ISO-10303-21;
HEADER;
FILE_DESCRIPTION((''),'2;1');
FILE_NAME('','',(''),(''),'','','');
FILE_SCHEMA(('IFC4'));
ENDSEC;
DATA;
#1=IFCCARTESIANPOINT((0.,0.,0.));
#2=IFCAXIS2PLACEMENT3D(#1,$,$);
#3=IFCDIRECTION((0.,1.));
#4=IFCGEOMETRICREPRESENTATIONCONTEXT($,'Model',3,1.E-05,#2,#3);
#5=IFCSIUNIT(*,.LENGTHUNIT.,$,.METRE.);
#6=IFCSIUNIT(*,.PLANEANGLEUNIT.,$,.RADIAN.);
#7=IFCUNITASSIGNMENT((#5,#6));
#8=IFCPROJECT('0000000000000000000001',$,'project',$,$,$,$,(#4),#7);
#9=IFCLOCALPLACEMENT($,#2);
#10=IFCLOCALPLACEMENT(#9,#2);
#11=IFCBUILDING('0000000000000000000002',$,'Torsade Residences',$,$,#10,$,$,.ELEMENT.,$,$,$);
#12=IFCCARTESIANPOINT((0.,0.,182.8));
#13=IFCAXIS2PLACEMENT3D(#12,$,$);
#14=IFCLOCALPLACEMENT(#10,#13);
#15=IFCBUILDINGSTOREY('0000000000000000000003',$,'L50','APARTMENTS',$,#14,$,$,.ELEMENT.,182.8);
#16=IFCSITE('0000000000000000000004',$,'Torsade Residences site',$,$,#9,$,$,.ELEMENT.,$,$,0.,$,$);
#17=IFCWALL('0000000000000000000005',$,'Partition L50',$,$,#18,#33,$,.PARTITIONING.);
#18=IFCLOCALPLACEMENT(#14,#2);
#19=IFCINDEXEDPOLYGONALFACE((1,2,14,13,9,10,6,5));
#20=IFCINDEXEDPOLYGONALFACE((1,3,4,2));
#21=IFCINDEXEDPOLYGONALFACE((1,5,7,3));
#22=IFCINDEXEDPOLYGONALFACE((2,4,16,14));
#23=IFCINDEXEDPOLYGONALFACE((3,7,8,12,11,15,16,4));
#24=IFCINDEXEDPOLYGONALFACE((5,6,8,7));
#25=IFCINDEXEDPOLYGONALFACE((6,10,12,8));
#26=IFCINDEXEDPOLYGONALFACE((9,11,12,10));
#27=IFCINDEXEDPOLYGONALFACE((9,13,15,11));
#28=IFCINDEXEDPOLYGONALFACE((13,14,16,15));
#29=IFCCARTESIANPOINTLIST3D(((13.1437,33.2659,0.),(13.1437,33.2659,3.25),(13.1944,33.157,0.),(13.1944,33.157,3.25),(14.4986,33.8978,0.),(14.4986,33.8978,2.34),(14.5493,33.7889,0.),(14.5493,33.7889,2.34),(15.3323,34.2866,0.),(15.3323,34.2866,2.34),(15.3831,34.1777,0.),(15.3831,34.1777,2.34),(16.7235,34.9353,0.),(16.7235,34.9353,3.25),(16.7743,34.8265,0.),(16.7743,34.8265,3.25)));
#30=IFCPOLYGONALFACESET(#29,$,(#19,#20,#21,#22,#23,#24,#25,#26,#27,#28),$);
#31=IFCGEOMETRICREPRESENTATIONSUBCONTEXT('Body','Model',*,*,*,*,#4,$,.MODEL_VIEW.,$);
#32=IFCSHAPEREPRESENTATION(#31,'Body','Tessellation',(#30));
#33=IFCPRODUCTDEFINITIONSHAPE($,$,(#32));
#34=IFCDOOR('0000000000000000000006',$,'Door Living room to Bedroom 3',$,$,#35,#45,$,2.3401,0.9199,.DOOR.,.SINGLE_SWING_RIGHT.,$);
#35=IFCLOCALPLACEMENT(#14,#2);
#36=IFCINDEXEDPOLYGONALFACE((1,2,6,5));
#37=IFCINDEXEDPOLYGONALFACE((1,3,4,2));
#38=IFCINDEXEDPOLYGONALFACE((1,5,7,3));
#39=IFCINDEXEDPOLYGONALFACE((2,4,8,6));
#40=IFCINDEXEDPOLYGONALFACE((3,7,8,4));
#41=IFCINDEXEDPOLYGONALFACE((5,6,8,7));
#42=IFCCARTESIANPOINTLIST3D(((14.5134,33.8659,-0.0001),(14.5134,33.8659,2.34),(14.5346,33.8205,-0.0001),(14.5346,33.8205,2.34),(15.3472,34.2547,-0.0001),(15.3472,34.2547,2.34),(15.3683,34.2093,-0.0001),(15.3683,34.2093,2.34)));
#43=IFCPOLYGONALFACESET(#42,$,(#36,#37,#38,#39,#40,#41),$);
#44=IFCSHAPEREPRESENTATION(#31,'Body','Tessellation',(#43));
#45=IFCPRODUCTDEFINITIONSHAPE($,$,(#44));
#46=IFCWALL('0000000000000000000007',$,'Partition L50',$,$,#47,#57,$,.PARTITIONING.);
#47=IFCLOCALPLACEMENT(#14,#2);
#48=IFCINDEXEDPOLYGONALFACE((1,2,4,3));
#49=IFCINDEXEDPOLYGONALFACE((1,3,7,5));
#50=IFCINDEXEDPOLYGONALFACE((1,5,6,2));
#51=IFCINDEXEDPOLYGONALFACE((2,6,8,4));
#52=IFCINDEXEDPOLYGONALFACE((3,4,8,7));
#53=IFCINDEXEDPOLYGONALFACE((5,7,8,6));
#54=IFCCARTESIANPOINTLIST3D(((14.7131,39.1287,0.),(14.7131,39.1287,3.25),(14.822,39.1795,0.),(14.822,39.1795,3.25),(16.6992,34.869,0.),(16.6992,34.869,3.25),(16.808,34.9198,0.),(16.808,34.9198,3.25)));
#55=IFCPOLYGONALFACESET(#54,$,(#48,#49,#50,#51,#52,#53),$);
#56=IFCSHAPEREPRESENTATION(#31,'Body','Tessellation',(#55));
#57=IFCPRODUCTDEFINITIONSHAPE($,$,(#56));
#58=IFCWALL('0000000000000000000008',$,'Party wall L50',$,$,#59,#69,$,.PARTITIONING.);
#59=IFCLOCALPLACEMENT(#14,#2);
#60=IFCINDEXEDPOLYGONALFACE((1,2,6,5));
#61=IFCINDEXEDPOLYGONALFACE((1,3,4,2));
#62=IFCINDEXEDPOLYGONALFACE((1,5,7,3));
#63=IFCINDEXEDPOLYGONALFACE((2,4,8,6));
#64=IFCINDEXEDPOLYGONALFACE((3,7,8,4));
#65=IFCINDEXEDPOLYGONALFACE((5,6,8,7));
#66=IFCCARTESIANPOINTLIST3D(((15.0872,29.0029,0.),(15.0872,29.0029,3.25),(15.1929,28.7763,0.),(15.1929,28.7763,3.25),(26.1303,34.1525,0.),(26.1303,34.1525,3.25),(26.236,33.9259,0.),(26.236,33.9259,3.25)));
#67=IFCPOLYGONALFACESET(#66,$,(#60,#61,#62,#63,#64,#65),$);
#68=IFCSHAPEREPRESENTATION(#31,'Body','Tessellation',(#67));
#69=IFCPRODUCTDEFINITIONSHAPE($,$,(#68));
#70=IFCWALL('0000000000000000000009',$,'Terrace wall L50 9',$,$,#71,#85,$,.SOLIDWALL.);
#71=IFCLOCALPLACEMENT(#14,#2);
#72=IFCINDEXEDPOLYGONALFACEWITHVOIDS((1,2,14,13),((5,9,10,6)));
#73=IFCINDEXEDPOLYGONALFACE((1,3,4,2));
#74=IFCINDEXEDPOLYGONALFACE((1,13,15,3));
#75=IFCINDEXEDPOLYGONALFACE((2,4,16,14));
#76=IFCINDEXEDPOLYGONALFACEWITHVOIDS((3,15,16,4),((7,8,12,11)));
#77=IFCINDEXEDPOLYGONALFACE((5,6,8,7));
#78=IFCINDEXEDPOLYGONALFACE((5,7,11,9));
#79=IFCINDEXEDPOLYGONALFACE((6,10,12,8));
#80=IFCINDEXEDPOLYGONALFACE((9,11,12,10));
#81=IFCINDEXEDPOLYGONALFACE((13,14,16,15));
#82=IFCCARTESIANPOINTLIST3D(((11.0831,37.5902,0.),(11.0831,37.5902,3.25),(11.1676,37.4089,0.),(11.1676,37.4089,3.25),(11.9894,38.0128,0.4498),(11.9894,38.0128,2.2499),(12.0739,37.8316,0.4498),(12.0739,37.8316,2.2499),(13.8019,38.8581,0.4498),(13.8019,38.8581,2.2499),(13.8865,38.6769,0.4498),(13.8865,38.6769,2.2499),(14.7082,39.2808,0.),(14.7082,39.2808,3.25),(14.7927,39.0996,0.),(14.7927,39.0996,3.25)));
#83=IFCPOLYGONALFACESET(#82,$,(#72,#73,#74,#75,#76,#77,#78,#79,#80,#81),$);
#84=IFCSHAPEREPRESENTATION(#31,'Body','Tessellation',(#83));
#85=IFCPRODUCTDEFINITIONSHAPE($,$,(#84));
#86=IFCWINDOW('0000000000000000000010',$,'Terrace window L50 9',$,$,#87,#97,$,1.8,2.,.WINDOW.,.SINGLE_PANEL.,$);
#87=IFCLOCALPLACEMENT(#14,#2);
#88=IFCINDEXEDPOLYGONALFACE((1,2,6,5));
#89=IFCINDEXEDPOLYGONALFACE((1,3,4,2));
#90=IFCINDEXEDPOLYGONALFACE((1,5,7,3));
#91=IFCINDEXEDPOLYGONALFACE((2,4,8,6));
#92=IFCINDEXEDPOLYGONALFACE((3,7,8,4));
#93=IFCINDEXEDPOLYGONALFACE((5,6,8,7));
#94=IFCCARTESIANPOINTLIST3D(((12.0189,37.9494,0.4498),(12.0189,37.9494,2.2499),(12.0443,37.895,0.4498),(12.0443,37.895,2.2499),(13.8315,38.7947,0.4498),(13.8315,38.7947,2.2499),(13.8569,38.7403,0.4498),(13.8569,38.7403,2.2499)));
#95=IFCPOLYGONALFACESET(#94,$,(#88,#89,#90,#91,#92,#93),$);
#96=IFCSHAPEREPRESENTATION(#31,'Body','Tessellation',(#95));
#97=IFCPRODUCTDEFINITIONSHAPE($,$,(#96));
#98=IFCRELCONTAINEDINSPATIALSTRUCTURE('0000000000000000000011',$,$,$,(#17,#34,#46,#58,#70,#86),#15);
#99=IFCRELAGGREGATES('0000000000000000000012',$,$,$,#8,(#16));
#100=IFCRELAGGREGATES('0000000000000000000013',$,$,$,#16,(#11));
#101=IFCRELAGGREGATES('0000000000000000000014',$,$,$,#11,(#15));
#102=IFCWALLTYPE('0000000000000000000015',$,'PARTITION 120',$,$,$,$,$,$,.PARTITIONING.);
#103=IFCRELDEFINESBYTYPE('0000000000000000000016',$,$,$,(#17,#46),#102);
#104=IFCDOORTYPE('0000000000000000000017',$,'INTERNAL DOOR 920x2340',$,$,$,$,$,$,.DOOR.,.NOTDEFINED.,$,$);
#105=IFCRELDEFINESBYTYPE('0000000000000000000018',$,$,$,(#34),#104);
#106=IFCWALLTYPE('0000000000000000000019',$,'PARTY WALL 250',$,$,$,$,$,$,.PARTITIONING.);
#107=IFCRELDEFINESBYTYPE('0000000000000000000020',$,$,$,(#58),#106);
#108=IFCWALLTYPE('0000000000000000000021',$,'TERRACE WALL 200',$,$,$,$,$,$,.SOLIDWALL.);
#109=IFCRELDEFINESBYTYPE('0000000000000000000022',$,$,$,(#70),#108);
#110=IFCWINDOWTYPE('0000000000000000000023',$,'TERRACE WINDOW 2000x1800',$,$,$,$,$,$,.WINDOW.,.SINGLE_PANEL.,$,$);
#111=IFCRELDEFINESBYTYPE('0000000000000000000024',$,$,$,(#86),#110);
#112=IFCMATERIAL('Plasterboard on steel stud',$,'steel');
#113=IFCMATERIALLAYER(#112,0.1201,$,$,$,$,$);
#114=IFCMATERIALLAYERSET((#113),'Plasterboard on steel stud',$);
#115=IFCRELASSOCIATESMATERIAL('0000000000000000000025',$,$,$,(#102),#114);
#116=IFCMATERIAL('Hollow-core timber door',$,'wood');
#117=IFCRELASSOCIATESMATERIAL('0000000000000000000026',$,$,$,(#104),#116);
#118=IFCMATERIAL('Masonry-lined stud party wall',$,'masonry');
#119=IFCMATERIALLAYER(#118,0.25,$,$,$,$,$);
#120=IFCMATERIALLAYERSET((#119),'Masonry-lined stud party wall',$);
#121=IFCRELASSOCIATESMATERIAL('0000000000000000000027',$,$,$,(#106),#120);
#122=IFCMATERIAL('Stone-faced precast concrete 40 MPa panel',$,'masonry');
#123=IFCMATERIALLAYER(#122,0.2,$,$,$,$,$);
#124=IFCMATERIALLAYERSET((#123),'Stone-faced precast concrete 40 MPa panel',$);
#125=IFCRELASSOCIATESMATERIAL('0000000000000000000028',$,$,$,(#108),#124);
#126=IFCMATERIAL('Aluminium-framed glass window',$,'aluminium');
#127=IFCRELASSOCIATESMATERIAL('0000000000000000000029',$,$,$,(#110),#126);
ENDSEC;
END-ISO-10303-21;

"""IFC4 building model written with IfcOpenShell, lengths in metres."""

from ifc_helpers import new_model, si_unit, direction, frame, frame_2d, origin, place, context, subcontext, project, spatial, rectangle, extrude, material, layer, layer_set, type_object, element, fill, save


model = new_model("IFC4")

# Units and contexts
model_context = context("Model", 3, precision=1e-05, world=origin(), true_north=direction((0.0, 1.0)))
body_context = subcontext(model_context, "Body", "Model", "MODEL_VIEW")
ifc_project = project(units=[si_unit("LENGTHUNIT", "METRE"), si_unit("PLANEANGLEUNIT", "RADIAN")], contexts=[model_context])

# Site, building, storey
site_placement = place(None, origin())
site = spatial("IfcSite", under=ifc_project, at=site_placement, Name="Torsade Residences site", CompositionType="ELEMENT", RefElevation=0.0)
building_placement = place(site_placement, origin())
building = spatial("IfcBuilding", under=site, at=building_placement, Name="Torsade Residences", CompositionType="ELEMENT")
storey_placement = place(building_placement, frame((0.0, 0.0, 182.8)))
storey = spatial("IfcBuildingStorey", under=building, at=storey_placement, Name="L50", Description="APARTMENTS", CompositionType="ELEMENT", Elevation=182.8)

# Shared definitions
ifc_material_1 = material(Name="Plasterboard on steel stud", Category="steel")
ifc_layer_1 = layer(ifc_material_1, 0.1201)
ifc_layer_set_1 = layer_set([ifc_layer_1], Name="Plasterboard on steel stud")
wall_type_1 = type_object("IfcWallType", Name="PARTITION 120", PredefinedType="PARTITIONING", material=ifc_layer_set_1)

# Wall, opening, door
ifc_material_2 = material(Name="Hollow-core timber door", Category="wood")
door_type = type_object("IfcDoorType", Name="INTERNAL DOOR 920x2340", OperationType="NOTDEFINED", PredefinedType="DOOR", material=ifc_material_2)
wall_1_placement = place(storey_placement, frame((13.1689, 33.2114, 0.0), z_axis=(0.0, 0.0, 1.0), x_axis=(0.906295, 0.422645, 0.0)))
wall_1 = element("IfcWall", 1, at=wall_1_placement, inside=storey, type_object=wall_type_1, Name="Partition L50", PredefinedType="PARTITIONING", context=body_context, shape_type="SweptSolid", body=[
    extrude(rectangle(XDim=3.95, YDim=0.1201, at=frame_2d((1.9751, 0.0))), origin(), (0.0, 0.0, 1.0), 3.25),
])
opening_1_placement = place(wall_1_placement, frame((1.4951, 0.0, 0.0)))
opening_1 = element("IfcOpeningElement", 2, at=opening_1_placement, cuts=wall_1, PredefinedType="OPENING", context=body_context, shape_type="SweptSolid", body=[
    extrude(rectangle(XDim=0.9199, YDim=2.3401, at=frame_2d((0.46, 1.1699))), frame((0.0, 0.0701, 0.0), z_axis=(0.0, -1.0, 0.0), x_axis=(1.0, 0.0, 0.0)), (0.0, 0.0, 1.0), 0.1401),
])
door_1_placement = place(opening_1_placement, origin())
door_1 = element("IfcDoor", 3, at=door_1_placement, inside=storey, type_object=door_type, Name="Door Living room to Bedroom 3", OperationType="SINGLE_SWING_RIGHT", OverallHeight=2.3401, OverallWidth=0.9199, PredefinedType="DOOR", context=body_context, shape_type="SweptSolid", body=[
    extrude(rectangle(XDim=0.9199, YDim=2.3401, at=frame_2d((0.46, 1.1699))), frame((0.0, 0.0249, 0.0), z_axis=(0.0, -1.0, 0.0), x_axis=(1.0, 0.0, 0.0)), (0.0, 0.0, 1.0), 0.05),
])
fill(opening_1, door_1)

# Walls
wall_2_placement = place(storey_placement, frame((16.7537, 34.8943, 0.0), z_axis=(0.0, 0.0, 1.0), x_axis=(-0.42257, 0.90633, 0.0)))
element("IfcWall", 4, at=wall_2_placement, inside=storey, type_object=wall_type_1, Name="Partition L50", PredefinedType="PARTITIONING", context=body_context, shape_type="SweptSolid", body=[
    extrude(rectangle(XDim=4.7, YDim=0.1201, at=frame_2d((2.3501, 0.0))), origin(), (0.0, 0.0, 1.0), 3.25),
])
ifc_material_3 = material(Name="Masonry-lined stud party wall", Category="masonry")
ifc_layer_2 = layer(ifc_material_3, 0.25)
ifc_layer_set_2 = layer_set([ifc_layer_2], Name="Masonry-lined stud party wall")
wall_type_2 = type_object("IfcWallType", Name="PARTY WALL 250", PredefinedType="PARTITIONING", material=ifc_layer_set_2)
wall_3_placement = place(storey_placement, frame((15.1401, 28.8896, 0.0), z_axis=(0.0, 0.0, 1.0), x_axis=(0.906304, 0.422627, 0.0)))
element("IfcWall", 5, at=wall_3_placement, inside=storey, type_object=wall_type_2, Name="Party wall L50", PredefinedType="PARTITIONING", context=body_context, shape_type="SweptSolid", body=[
    extrude(rectangle(XDim=12.1848, YDim=0.25, at=frame_2d((6.0923, 0.0))), origin(), (0.0, 0.0, 1.0), 3.25),
])

# Wall, opening, window
ifc_material_4 = material(Name="Stone-faced precast concrete 40 MPa panel", Category="masonry")
ifc_layer_3 = layer(ifc_material_4, 0.2)
ifc_layer_set_3 = layer_set([ifc_layer_3], Name="Stone-faced precast concrete 40 MPa panel")
wall_type_3 = type_object("IfcWallType", Name="TERRACE WALL 200", PredefinedType="SOLIDWALL", material=ifc_layer_set_3)
wall_4_placement = place(storey_placement, frame((14.7505, 39.1902, 0.0), z_axis=(0.0, 0.0, 1.0), x_axis=(-0.906289, -0.422658, 0.0)))
wall_4 = element("IfcWall", 6, at=wall_4_placement, inside=storey, type_object=wall_type_3, Name="Terrace wall L50 9", PredefinedType="SOLIDWALL", context=body_context, shape_type="SweptSolid", body=[
    extrude(rectangle(XDim=4.0, YDim=0.2, at=frame_2d((2.0, 0.0))), origin(), (0.0, 0.0, 1.0), 3.25),
])
opening_2_placement = place(wall_4_placement, frame((1.0, 0.0, 0.45)))
opening_2 = element("IfcOpeningElement", 7, at=opening_2_placement, cuts=wall_4, PredefinedType="OPENING", context=body_context, shape_type="SweptSolid", body=[
    extrude(rectangle(XDim=2.0, YDim=1.8, at=frame_2d((1.0, 0.8999))), frame((0.0, 0.1099, 0.0), z_axis=(0.0, -1.0, 0.0), x_axis=(1.0, 0.0, 0.0)), (0.0, 0.0, 1.0), 0.22),
])
ifc_material_5 = material(Name="Aluminium-framed glass window", Category="aluminium")
window_type = type_object("IfcWindowType", Name="TERRACE WINDOW 2000x1800", PartitioningType="SINGLE_PANEL", PredefinedType="WINDOW", material=ifc_material_5)
window_placement = place(opening_2_placement, origin())
window = element("IfcWindow", 8, at=window_placement, inside=storey, type_object=window_type, Name="Terrace window L50 9", OverallHeight=1.8, OverallWidth=2.0, PartitioningType="SINGLE_PANEL", PredefinedType="WINDOW", context=body_context, shape_type="SweptSolid", body=[
    extrude(rectangle(XDim=2.0, YDim=1.8, at=frame_2d((1.0, 0.8999))), frame((0.0, 0.03, 0.0), z_axis=(0.0, -1.0, 0.0), x_axis=(1.0, 0.0, 0.0)), (0.0, 0.0, 1.0), 0.0601),
])
fill(opening_2, window)

save(model, "model.ifc")
